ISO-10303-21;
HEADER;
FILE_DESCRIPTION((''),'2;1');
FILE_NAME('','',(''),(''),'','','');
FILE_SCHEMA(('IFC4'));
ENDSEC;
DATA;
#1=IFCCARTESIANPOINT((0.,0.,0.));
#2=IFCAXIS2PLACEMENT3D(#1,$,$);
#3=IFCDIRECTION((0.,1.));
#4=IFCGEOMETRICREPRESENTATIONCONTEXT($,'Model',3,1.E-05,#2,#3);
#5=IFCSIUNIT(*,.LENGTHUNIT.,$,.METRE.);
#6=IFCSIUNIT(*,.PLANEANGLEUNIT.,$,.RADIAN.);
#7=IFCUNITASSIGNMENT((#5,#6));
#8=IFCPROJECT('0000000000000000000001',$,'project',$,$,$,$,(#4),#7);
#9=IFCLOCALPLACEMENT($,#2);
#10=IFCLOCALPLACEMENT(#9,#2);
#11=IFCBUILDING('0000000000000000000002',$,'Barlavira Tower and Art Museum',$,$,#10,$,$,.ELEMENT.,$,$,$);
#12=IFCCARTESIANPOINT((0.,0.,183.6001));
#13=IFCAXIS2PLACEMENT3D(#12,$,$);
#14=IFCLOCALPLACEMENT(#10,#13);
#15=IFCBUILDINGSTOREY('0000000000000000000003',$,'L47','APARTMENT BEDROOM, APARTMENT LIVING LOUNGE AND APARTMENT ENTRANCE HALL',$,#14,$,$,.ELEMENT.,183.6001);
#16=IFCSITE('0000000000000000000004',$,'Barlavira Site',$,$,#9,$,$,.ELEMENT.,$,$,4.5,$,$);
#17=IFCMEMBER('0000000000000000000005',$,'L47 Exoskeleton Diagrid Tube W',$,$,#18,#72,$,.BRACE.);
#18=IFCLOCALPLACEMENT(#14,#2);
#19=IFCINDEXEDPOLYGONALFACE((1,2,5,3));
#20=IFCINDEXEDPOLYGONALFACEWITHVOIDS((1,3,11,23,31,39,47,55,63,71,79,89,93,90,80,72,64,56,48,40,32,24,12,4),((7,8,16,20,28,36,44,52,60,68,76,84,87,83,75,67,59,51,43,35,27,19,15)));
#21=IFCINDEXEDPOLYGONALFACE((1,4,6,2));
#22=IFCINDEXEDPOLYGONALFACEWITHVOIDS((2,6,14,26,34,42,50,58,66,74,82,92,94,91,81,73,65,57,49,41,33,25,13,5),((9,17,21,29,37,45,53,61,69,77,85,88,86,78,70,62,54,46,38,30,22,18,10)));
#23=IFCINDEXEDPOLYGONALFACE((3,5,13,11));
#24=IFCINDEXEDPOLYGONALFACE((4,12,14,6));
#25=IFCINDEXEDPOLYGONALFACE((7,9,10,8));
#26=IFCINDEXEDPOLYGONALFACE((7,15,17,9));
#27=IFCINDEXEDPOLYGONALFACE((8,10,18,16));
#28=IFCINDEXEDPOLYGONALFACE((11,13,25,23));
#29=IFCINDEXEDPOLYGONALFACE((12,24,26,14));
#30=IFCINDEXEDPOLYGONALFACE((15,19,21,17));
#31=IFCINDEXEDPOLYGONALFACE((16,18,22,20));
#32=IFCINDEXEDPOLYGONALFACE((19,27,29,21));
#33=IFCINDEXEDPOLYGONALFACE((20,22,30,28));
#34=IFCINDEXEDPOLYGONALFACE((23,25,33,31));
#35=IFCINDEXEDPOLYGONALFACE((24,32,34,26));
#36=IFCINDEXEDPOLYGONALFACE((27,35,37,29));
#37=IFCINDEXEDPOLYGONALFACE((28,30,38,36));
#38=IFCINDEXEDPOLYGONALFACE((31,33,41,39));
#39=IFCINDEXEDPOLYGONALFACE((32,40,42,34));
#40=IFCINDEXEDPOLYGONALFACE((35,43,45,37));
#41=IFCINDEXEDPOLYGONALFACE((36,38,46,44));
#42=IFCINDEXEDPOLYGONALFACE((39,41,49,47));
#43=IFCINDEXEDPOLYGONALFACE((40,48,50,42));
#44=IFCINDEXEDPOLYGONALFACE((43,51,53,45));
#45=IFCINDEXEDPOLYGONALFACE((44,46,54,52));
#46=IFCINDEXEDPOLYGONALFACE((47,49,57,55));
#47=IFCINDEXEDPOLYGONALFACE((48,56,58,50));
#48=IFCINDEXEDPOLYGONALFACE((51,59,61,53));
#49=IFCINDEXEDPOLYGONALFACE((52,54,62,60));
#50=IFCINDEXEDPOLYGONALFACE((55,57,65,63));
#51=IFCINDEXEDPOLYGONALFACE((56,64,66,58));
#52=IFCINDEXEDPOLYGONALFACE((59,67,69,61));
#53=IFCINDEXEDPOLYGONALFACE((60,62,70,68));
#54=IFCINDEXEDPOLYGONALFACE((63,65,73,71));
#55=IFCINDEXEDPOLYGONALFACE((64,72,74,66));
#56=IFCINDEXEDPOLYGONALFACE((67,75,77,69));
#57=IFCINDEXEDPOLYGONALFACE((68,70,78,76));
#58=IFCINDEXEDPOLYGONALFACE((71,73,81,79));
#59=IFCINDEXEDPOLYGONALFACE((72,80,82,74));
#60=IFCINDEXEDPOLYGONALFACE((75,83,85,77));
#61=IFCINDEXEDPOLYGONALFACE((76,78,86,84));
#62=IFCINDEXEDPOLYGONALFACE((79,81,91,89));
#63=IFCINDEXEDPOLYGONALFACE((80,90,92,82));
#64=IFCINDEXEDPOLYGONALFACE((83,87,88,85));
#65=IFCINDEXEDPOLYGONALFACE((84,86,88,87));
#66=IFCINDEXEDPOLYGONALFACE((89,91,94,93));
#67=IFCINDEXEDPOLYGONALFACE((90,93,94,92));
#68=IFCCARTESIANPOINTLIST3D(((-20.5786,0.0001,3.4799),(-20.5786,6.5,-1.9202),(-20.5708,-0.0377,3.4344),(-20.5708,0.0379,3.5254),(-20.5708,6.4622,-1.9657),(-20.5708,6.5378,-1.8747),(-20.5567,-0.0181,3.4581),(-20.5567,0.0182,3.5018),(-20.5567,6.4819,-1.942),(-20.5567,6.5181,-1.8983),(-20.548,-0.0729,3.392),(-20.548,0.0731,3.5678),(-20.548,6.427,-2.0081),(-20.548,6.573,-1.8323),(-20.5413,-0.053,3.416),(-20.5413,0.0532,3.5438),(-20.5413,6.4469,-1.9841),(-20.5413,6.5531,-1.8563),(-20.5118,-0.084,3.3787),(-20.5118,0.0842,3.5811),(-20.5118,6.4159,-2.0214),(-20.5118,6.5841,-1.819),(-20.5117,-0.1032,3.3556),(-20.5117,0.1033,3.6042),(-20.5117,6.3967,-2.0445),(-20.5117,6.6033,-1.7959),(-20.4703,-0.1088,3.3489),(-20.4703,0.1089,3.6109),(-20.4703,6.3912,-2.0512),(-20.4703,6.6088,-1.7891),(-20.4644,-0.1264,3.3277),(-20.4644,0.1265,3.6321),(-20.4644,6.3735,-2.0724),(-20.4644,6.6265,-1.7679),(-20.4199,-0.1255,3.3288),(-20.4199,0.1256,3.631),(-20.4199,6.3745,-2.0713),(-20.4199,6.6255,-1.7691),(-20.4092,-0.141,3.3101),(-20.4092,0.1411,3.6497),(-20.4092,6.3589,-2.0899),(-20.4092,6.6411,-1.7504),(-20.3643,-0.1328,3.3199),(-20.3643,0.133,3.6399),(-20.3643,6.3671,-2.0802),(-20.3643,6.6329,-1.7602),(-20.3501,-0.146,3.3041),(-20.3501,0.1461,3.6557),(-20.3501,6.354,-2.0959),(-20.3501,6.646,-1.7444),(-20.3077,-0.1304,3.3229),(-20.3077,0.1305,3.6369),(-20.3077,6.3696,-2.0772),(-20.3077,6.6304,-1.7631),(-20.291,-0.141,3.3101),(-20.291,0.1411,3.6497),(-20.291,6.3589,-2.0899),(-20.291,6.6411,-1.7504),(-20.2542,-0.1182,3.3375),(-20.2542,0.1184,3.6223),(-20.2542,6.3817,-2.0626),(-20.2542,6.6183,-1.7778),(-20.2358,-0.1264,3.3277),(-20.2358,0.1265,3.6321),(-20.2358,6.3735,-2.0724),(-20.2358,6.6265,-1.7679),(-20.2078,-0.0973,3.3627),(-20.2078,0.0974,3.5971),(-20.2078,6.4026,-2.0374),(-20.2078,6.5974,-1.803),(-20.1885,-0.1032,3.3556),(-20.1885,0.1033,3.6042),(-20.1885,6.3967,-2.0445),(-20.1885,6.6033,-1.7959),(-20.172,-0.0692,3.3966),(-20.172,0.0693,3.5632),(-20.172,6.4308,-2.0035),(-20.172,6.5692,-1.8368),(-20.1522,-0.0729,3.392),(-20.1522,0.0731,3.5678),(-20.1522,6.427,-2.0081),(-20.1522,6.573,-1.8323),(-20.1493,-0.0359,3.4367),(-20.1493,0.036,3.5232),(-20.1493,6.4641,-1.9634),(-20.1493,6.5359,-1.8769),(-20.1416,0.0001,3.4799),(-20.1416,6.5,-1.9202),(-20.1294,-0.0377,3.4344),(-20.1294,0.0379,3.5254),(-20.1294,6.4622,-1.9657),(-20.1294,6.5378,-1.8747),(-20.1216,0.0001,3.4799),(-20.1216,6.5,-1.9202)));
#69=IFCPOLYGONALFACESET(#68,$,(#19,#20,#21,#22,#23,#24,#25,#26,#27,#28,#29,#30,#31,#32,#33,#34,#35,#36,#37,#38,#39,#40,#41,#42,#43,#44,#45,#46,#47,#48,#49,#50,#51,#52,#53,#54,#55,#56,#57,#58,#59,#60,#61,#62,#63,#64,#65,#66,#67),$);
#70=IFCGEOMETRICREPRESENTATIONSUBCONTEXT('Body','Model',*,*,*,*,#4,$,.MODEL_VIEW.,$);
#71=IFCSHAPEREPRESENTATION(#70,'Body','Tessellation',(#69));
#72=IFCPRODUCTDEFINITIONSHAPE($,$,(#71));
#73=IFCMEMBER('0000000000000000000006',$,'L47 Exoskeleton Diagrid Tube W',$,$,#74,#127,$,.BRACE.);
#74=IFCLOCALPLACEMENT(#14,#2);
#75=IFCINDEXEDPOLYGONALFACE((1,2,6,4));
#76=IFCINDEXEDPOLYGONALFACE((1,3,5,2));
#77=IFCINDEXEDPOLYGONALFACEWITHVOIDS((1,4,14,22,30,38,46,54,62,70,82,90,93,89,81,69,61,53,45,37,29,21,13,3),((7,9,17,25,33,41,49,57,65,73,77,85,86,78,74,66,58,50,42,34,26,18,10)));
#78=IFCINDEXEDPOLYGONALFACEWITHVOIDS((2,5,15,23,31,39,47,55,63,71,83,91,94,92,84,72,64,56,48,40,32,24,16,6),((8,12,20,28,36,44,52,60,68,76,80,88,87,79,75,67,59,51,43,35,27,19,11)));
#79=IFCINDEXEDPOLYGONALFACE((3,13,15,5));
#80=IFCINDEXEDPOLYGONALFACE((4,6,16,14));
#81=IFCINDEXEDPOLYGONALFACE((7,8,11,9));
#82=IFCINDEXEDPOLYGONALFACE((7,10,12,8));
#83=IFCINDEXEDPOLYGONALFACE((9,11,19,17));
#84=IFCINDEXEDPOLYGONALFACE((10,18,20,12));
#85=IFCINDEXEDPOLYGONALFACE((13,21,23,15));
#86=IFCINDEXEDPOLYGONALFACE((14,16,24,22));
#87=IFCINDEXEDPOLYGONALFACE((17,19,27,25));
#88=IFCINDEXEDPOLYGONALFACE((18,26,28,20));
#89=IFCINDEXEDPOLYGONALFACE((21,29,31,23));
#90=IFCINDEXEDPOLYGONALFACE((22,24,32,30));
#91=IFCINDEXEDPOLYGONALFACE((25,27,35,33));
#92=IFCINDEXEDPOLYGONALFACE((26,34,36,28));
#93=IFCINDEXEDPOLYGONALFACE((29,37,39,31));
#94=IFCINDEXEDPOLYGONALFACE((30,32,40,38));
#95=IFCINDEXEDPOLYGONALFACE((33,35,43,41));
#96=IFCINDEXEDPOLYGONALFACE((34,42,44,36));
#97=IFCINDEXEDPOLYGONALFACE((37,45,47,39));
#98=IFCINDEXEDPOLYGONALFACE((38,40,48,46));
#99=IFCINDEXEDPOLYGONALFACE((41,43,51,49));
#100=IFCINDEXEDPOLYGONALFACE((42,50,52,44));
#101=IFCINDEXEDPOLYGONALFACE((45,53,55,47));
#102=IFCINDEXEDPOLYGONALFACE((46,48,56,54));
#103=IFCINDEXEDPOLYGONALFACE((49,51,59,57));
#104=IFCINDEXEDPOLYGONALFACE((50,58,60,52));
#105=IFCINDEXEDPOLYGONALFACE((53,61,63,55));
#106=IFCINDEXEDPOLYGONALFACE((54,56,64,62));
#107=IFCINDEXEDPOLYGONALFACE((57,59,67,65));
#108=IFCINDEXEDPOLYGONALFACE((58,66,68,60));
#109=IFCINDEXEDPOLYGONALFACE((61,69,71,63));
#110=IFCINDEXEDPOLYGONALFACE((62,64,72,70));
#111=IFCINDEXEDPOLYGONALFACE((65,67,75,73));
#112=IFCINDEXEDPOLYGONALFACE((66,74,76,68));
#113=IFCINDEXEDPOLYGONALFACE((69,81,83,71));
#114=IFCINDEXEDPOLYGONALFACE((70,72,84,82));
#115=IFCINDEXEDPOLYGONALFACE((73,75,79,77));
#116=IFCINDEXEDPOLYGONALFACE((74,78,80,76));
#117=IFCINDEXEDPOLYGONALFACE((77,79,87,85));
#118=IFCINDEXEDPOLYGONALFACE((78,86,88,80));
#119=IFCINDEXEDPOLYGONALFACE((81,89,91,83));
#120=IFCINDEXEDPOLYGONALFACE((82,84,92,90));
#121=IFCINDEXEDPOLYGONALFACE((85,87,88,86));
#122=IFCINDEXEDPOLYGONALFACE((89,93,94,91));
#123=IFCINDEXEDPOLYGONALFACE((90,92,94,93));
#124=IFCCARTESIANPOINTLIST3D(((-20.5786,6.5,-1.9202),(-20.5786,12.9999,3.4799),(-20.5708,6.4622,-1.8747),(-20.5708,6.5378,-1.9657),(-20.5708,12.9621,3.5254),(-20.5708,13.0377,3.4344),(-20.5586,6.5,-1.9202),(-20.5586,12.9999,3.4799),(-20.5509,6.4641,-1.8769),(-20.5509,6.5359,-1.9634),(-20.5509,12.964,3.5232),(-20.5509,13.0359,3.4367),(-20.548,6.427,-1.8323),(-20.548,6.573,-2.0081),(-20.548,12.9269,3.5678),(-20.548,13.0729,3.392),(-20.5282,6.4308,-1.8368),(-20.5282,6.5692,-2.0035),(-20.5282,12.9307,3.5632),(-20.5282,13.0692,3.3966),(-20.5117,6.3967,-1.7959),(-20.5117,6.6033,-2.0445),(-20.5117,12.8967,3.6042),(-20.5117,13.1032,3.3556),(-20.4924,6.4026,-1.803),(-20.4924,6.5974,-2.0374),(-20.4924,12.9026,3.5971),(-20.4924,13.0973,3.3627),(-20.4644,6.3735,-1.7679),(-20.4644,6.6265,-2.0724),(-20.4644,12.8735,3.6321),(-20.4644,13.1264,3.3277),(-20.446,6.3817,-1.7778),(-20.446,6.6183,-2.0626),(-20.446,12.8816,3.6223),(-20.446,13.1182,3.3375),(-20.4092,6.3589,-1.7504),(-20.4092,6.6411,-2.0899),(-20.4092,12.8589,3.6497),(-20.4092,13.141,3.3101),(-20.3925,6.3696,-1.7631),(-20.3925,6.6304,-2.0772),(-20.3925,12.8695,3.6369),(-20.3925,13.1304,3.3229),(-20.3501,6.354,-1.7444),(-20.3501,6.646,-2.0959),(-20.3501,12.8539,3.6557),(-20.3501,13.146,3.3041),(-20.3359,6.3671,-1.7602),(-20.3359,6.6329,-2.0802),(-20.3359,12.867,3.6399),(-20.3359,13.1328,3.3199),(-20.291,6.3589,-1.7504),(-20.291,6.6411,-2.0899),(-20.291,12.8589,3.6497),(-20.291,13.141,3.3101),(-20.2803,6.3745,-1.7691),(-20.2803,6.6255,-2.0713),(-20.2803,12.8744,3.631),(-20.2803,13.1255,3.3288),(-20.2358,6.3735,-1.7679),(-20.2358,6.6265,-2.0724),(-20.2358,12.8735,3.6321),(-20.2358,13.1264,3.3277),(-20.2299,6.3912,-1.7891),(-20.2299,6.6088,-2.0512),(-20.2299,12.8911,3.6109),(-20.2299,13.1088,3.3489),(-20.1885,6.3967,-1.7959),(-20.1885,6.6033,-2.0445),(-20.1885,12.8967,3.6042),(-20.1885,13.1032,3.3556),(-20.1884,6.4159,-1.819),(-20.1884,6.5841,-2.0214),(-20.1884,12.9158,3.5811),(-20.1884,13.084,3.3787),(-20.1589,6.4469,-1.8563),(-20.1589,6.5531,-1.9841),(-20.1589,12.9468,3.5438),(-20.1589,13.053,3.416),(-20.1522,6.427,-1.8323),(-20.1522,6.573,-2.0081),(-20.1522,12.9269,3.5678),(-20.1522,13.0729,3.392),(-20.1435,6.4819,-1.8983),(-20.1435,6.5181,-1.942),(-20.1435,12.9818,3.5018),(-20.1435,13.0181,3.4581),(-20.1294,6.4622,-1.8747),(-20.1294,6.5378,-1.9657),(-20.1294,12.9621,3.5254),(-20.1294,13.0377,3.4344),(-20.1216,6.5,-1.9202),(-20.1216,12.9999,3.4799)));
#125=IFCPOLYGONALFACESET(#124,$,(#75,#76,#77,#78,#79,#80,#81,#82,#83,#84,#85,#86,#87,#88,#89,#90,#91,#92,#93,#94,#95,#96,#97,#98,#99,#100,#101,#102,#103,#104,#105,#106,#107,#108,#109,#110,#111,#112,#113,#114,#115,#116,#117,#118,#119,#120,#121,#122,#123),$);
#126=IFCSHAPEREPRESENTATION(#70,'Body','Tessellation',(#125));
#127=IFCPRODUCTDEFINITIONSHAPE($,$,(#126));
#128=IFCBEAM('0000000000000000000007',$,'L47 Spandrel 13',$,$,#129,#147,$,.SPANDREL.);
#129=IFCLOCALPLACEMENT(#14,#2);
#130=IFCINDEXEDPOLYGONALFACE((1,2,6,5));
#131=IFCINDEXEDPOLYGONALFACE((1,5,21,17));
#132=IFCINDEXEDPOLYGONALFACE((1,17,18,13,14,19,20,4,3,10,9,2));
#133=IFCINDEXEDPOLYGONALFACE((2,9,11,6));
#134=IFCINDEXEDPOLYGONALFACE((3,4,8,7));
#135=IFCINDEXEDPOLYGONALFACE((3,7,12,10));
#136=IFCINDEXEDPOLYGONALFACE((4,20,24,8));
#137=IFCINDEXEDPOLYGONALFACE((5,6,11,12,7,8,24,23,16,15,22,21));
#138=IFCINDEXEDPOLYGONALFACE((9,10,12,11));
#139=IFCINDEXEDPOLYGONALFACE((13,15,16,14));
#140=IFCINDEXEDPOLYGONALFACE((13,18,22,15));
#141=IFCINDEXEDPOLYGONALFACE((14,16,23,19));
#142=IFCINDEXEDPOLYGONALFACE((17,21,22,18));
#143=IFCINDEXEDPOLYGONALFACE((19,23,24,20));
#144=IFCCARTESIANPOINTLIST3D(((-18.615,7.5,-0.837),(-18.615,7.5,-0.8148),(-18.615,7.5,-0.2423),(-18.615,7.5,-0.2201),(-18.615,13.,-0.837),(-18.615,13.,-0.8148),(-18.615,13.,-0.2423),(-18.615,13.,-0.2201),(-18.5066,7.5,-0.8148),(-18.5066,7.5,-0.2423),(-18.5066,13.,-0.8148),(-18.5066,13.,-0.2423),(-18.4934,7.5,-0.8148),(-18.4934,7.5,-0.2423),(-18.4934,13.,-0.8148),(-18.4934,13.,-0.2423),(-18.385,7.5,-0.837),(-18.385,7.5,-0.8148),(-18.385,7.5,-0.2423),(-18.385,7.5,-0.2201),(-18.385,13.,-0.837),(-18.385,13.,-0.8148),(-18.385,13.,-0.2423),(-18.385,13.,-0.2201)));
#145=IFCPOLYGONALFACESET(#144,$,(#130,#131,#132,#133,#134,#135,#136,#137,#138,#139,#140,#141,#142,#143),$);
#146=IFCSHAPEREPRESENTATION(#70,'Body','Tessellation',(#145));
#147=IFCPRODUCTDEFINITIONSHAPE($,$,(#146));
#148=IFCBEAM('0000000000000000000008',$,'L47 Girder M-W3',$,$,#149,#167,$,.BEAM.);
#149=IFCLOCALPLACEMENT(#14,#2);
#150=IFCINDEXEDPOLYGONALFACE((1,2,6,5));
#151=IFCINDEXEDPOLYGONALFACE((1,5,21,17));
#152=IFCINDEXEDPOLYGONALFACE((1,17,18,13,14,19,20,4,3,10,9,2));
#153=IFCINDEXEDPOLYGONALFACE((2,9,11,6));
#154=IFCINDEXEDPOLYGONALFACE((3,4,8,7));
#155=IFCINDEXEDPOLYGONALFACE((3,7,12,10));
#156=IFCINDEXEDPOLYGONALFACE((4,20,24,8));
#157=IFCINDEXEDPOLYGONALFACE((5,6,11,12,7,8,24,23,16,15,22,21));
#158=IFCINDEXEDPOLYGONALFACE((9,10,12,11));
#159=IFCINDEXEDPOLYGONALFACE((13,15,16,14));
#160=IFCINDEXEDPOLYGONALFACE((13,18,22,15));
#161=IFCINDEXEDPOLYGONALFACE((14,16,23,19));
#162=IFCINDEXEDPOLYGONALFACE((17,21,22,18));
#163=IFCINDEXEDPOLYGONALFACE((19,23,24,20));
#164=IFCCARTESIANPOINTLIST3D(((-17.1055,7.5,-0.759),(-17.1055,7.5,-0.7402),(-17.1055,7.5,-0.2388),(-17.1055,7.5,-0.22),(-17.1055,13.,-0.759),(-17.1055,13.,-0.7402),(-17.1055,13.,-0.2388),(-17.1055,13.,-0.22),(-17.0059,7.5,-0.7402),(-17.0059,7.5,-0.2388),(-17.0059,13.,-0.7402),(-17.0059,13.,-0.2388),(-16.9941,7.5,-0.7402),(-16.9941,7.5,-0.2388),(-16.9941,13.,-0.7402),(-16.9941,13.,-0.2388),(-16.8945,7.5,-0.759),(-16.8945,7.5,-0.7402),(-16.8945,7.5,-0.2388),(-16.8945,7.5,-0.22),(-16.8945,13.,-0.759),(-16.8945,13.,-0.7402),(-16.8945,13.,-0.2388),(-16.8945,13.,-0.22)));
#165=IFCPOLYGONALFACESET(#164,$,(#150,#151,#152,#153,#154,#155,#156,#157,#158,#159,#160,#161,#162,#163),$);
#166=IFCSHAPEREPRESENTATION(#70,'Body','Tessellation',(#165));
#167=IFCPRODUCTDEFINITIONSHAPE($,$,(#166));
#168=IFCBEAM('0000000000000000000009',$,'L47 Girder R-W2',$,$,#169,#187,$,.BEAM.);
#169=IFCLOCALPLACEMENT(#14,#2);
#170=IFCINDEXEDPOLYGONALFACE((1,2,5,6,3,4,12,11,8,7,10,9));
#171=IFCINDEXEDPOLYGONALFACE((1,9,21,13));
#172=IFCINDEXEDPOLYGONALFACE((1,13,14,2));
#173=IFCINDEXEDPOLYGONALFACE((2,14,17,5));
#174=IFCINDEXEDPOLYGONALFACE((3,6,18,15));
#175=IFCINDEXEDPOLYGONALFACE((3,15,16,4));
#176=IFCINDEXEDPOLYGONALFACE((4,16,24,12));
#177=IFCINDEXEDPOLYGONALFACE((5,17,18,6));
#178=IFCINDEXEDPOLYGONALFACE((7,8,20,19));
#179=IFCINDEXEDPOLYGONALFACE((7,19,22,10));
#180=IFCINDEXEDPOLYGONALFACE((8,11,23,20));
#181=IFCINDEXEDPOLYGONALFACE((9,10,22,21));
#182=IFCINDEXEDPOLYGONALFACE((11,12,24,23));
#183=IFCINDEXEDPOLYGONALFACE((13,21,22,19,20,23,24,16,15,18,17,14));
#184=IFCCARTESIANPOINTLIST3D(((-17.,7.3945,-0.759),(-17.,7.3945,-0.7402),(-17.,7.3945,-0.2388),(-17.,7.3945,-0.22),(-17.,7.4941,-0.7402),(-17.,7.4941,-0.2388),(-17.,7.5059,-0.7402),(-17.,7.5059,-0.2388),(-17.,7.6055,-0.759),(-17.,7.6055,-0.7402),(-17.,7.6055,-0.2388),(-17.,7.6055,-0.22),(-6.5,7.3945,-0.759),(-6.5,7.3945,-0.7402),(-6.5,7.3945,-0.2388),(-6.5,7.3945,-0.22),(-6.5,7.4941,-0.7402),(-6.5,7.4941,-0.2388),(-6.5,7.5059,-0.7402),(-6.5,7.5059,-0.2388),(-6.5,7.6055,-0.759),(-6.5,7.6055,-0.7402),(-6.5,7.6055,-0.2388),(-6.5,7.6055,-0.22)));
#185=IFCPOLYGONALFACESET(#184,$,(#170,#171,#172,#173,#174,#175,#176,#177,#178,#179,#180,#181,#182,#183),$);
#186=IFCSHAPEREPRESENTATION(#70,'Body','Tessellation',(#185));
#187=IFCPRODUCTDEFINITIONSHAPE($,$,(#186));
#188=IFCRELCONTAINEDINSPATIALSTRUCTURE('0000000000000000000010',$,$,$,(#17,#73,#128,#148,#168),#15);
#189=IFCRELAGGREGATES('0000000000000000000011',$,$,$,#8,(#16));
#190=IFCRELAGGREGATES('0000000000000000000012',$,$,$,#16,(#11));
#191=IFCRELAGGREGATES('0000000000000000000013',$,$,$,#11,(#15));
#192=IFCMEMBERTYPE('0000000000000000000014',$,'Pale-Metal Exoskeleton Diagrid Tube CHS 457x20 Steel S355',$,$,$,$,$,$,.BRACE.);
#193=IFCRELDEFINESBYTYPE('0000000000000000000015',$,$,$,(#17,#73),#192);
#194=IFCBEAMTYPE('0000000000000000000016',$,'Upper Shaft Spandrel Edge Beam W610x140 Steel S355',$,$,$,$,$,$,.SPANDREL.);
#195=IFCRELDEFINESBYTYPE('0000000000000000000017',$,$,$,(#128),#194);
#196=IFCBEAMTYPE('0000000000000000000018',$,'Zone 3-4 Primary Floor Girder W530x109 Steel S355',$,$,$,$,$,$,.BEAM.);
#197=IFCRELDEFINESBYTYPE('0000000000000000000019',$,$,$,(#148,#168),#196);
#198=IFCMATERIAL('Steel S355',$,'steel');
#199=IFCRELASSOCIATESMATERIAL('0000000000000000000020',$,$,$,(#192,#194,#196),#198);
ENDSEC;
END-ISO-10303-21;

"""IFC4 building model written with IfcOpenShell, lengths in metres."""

from ifc_helpers import new_model, si_unit, direction, frame, origin, origin_2d, place, context, subcontext, project, spatial, hollow_circle, i_section, extrude, material, material_profile, profile_set, type_object, element, save


model = new_model("IFC4")

# Units and contexts
model_context = context("Model", 3, precision=1e-05, world=origin(), true_north=direction((0.0, 1.0)))
body_context = subcontext(model_context, "Body", "Model", "MODEL_VIEW")
ifc_project = project(units=[si_unit("LENGTHUNIT", "METRE"), si_unit("PLANEANGLEUNIT", "RADIAN")], contexts=[model_context])

# Site, building, storey
site_placement = place(None, origin())
site = spatial("IfcSite", under=ifc_project, at=site_placement, Name="Barlavira Site", CompositionType="ELEMENT", RefElevation=4.5)
building_placement = place(site_placement, origin())
building = spatial("IfcBuilding", under=site, at=building_placement, Name="Barlavira Tower and Art Museum", CompositionType="ELEMENT")
storey_placement = place(building_placement, frame((0.0, 0.0, 183.6001)))
storey = spatial("IfcBuildingStorey", under=building, at=storey_placement, Name="L47", Description="APARTMENT BEDROOM, APARTMENT LIVING LOUNGE AND APARTMENT ENTRANCE HALL", CompositionType="ELEMENT", Elevation=183.6001)

# Members
ifc_material_1 = material(Name="Steel S355", Category="steel")
ifc_material_profile_1 = material_profile(ifc_material_1, hollow_circle(Radius=0.2285, WallThickness=0.02, at=origin_2d()), Name="CHS 457.0x20.0")
ifc_profile_set_1 = profile_set([ifc_material_profile_1], Name="Steel S355")
member_type_1 = type_object("IfcMemberType", Name="Pale-Metal Exoskeleton Diagrid Tube CHS 457x20 Steel S355", PredefinedType="BRACE", material=ifc_profile_set_1)
for number, where, z_axis, x_axis, name in (
    (1, (-20.3501, 6.5, -1.9202), (0.0, -0.769182, 0.63903), (1.0, 0.0, 0.0), "L47 Exoskeleton Diagrid Tube W"),
    (2, (-20.3501, 6.5, -1.9202), (0.0, 0.769182, 0.63903), (-1.0, 0.0, 0.0), "L47 Exoskeleton Diagrid Tube W"),
):
    element("IfcMember", number, at=place(storey_placement, frame(where, z_axis=z_axis, x_axis=x_axis)), inside=storey, type_object=member_type_1, Name=name, PredefinedType="BRACE", context=body_context, shape_type="SweptSolid", body=[
        extrude(hollow_circle(Radius=0.2285, WallThickness=0.02, at=origin_2d()), origin(), (0.0, 0.0, 1.0), 8.4504),
    ])

# Beams
ifc_material_profile_2 = material_profile(ifc_material_1, i_section(OverallWidth=0.23, OverallDepth=0.6169, WebThickness=0.0132, FlangeThickness=0.0222, at=origin_2d()), Name="W610x140.0")
ifc_profile_set_2 = profile_set([ifc_material_profile_2], Name="Steel S355")
beam_type_1 = type_object("IfcBeamType", Name="Upper Shaft Spandrel Edge Beam W610x140 Steel S355", PredefinedType="SPANDREL", material=ifc_profile_set_2)
beam_1_placement = place(storey_placement, frame((-18.5, 7.5, -0.5286), z_axis=(0.0, 1.0, 0.0), x_axis=(-1.0, 0.0, 0.0)))
element("IfcBeam", 3, at=beam_1_placement, inside=storey, type_object=beam_type_1, Name="L47 Spandrel 13", PredefinedType="SPANDREL", context=body_context, shape_type="SweptSolid", body=[
    extrude(i_section(OverallWidth=0.23, OverallDepth=0.6169, WebThickness=0.0132, FlangeThickness=0.0222, at=origin_2d()), origin(), (0.0, 0.0, 1.0), 5.5),
])
ifc_material_profile_3 = material_profile(ifc_material_1, i_section(OverallWidth=0.2109, OverallDepth=0.5391, WebThickness=0.0117, FlangeThickness=0.0188, at=origin_2d()), Name="W530x109.0")
ifc_profile_set_3 = profile_set([ifc_material_profile_3], Name="Steel S355")
beam_type_2 = type_object("IfcBeamType", Name="Zone 3-4 Primary Floor Girder W530x109 Steel S355", PredefinedType="BEAM", material=ifc_profile_set_3)
beam_2_placement = place(storey_placement, frame((-17.0, 7.5, -0.4895), z_axis=(0.0, 1.0, 0.0), x_axis=(-1.0, 0.0, 0.0)))
element("IfcBeam", 4, at=beam_2_placement, inside=storey, type_object=beam_type_2, Name="L47 Girder M-W3", PredefinedType="BEAM", context=body_context, shape_type="SweptSolid", body=[
    extrude(i_section(OverallWidth=0.2109, OverallDepth=0.5391, WebThickness=0.0117, FlangeThickness=0.0188, at=origin_2d()), origin(), (0.0, 0.0, 1.0), 5.5),
])
beam_3_placement = place(storey_placement, frame((-17.0, 7.5, -0.4895), z_axis=(1.0, 0.0, 0.0), x_axis=(0.0, 1.0, 0.0)))
element("IfcBeam", 5, at=beam_3_placement, inside=storey, type_object=beam_type_2, Name="L47 Girder R-W2", PredefinedType="BEAM", context=body_context, shape_type="SweptSolid", body=[
    extrude(i_section(OverallWidth=0.2109, OverallDepth=0.5391, WebThickness=0.0117, FlangeThickness=0.0188, at=origin_2d()), origin(), (0.0, 0.0, 1.0), 10.5),
])

save(model, "model.ifc")
